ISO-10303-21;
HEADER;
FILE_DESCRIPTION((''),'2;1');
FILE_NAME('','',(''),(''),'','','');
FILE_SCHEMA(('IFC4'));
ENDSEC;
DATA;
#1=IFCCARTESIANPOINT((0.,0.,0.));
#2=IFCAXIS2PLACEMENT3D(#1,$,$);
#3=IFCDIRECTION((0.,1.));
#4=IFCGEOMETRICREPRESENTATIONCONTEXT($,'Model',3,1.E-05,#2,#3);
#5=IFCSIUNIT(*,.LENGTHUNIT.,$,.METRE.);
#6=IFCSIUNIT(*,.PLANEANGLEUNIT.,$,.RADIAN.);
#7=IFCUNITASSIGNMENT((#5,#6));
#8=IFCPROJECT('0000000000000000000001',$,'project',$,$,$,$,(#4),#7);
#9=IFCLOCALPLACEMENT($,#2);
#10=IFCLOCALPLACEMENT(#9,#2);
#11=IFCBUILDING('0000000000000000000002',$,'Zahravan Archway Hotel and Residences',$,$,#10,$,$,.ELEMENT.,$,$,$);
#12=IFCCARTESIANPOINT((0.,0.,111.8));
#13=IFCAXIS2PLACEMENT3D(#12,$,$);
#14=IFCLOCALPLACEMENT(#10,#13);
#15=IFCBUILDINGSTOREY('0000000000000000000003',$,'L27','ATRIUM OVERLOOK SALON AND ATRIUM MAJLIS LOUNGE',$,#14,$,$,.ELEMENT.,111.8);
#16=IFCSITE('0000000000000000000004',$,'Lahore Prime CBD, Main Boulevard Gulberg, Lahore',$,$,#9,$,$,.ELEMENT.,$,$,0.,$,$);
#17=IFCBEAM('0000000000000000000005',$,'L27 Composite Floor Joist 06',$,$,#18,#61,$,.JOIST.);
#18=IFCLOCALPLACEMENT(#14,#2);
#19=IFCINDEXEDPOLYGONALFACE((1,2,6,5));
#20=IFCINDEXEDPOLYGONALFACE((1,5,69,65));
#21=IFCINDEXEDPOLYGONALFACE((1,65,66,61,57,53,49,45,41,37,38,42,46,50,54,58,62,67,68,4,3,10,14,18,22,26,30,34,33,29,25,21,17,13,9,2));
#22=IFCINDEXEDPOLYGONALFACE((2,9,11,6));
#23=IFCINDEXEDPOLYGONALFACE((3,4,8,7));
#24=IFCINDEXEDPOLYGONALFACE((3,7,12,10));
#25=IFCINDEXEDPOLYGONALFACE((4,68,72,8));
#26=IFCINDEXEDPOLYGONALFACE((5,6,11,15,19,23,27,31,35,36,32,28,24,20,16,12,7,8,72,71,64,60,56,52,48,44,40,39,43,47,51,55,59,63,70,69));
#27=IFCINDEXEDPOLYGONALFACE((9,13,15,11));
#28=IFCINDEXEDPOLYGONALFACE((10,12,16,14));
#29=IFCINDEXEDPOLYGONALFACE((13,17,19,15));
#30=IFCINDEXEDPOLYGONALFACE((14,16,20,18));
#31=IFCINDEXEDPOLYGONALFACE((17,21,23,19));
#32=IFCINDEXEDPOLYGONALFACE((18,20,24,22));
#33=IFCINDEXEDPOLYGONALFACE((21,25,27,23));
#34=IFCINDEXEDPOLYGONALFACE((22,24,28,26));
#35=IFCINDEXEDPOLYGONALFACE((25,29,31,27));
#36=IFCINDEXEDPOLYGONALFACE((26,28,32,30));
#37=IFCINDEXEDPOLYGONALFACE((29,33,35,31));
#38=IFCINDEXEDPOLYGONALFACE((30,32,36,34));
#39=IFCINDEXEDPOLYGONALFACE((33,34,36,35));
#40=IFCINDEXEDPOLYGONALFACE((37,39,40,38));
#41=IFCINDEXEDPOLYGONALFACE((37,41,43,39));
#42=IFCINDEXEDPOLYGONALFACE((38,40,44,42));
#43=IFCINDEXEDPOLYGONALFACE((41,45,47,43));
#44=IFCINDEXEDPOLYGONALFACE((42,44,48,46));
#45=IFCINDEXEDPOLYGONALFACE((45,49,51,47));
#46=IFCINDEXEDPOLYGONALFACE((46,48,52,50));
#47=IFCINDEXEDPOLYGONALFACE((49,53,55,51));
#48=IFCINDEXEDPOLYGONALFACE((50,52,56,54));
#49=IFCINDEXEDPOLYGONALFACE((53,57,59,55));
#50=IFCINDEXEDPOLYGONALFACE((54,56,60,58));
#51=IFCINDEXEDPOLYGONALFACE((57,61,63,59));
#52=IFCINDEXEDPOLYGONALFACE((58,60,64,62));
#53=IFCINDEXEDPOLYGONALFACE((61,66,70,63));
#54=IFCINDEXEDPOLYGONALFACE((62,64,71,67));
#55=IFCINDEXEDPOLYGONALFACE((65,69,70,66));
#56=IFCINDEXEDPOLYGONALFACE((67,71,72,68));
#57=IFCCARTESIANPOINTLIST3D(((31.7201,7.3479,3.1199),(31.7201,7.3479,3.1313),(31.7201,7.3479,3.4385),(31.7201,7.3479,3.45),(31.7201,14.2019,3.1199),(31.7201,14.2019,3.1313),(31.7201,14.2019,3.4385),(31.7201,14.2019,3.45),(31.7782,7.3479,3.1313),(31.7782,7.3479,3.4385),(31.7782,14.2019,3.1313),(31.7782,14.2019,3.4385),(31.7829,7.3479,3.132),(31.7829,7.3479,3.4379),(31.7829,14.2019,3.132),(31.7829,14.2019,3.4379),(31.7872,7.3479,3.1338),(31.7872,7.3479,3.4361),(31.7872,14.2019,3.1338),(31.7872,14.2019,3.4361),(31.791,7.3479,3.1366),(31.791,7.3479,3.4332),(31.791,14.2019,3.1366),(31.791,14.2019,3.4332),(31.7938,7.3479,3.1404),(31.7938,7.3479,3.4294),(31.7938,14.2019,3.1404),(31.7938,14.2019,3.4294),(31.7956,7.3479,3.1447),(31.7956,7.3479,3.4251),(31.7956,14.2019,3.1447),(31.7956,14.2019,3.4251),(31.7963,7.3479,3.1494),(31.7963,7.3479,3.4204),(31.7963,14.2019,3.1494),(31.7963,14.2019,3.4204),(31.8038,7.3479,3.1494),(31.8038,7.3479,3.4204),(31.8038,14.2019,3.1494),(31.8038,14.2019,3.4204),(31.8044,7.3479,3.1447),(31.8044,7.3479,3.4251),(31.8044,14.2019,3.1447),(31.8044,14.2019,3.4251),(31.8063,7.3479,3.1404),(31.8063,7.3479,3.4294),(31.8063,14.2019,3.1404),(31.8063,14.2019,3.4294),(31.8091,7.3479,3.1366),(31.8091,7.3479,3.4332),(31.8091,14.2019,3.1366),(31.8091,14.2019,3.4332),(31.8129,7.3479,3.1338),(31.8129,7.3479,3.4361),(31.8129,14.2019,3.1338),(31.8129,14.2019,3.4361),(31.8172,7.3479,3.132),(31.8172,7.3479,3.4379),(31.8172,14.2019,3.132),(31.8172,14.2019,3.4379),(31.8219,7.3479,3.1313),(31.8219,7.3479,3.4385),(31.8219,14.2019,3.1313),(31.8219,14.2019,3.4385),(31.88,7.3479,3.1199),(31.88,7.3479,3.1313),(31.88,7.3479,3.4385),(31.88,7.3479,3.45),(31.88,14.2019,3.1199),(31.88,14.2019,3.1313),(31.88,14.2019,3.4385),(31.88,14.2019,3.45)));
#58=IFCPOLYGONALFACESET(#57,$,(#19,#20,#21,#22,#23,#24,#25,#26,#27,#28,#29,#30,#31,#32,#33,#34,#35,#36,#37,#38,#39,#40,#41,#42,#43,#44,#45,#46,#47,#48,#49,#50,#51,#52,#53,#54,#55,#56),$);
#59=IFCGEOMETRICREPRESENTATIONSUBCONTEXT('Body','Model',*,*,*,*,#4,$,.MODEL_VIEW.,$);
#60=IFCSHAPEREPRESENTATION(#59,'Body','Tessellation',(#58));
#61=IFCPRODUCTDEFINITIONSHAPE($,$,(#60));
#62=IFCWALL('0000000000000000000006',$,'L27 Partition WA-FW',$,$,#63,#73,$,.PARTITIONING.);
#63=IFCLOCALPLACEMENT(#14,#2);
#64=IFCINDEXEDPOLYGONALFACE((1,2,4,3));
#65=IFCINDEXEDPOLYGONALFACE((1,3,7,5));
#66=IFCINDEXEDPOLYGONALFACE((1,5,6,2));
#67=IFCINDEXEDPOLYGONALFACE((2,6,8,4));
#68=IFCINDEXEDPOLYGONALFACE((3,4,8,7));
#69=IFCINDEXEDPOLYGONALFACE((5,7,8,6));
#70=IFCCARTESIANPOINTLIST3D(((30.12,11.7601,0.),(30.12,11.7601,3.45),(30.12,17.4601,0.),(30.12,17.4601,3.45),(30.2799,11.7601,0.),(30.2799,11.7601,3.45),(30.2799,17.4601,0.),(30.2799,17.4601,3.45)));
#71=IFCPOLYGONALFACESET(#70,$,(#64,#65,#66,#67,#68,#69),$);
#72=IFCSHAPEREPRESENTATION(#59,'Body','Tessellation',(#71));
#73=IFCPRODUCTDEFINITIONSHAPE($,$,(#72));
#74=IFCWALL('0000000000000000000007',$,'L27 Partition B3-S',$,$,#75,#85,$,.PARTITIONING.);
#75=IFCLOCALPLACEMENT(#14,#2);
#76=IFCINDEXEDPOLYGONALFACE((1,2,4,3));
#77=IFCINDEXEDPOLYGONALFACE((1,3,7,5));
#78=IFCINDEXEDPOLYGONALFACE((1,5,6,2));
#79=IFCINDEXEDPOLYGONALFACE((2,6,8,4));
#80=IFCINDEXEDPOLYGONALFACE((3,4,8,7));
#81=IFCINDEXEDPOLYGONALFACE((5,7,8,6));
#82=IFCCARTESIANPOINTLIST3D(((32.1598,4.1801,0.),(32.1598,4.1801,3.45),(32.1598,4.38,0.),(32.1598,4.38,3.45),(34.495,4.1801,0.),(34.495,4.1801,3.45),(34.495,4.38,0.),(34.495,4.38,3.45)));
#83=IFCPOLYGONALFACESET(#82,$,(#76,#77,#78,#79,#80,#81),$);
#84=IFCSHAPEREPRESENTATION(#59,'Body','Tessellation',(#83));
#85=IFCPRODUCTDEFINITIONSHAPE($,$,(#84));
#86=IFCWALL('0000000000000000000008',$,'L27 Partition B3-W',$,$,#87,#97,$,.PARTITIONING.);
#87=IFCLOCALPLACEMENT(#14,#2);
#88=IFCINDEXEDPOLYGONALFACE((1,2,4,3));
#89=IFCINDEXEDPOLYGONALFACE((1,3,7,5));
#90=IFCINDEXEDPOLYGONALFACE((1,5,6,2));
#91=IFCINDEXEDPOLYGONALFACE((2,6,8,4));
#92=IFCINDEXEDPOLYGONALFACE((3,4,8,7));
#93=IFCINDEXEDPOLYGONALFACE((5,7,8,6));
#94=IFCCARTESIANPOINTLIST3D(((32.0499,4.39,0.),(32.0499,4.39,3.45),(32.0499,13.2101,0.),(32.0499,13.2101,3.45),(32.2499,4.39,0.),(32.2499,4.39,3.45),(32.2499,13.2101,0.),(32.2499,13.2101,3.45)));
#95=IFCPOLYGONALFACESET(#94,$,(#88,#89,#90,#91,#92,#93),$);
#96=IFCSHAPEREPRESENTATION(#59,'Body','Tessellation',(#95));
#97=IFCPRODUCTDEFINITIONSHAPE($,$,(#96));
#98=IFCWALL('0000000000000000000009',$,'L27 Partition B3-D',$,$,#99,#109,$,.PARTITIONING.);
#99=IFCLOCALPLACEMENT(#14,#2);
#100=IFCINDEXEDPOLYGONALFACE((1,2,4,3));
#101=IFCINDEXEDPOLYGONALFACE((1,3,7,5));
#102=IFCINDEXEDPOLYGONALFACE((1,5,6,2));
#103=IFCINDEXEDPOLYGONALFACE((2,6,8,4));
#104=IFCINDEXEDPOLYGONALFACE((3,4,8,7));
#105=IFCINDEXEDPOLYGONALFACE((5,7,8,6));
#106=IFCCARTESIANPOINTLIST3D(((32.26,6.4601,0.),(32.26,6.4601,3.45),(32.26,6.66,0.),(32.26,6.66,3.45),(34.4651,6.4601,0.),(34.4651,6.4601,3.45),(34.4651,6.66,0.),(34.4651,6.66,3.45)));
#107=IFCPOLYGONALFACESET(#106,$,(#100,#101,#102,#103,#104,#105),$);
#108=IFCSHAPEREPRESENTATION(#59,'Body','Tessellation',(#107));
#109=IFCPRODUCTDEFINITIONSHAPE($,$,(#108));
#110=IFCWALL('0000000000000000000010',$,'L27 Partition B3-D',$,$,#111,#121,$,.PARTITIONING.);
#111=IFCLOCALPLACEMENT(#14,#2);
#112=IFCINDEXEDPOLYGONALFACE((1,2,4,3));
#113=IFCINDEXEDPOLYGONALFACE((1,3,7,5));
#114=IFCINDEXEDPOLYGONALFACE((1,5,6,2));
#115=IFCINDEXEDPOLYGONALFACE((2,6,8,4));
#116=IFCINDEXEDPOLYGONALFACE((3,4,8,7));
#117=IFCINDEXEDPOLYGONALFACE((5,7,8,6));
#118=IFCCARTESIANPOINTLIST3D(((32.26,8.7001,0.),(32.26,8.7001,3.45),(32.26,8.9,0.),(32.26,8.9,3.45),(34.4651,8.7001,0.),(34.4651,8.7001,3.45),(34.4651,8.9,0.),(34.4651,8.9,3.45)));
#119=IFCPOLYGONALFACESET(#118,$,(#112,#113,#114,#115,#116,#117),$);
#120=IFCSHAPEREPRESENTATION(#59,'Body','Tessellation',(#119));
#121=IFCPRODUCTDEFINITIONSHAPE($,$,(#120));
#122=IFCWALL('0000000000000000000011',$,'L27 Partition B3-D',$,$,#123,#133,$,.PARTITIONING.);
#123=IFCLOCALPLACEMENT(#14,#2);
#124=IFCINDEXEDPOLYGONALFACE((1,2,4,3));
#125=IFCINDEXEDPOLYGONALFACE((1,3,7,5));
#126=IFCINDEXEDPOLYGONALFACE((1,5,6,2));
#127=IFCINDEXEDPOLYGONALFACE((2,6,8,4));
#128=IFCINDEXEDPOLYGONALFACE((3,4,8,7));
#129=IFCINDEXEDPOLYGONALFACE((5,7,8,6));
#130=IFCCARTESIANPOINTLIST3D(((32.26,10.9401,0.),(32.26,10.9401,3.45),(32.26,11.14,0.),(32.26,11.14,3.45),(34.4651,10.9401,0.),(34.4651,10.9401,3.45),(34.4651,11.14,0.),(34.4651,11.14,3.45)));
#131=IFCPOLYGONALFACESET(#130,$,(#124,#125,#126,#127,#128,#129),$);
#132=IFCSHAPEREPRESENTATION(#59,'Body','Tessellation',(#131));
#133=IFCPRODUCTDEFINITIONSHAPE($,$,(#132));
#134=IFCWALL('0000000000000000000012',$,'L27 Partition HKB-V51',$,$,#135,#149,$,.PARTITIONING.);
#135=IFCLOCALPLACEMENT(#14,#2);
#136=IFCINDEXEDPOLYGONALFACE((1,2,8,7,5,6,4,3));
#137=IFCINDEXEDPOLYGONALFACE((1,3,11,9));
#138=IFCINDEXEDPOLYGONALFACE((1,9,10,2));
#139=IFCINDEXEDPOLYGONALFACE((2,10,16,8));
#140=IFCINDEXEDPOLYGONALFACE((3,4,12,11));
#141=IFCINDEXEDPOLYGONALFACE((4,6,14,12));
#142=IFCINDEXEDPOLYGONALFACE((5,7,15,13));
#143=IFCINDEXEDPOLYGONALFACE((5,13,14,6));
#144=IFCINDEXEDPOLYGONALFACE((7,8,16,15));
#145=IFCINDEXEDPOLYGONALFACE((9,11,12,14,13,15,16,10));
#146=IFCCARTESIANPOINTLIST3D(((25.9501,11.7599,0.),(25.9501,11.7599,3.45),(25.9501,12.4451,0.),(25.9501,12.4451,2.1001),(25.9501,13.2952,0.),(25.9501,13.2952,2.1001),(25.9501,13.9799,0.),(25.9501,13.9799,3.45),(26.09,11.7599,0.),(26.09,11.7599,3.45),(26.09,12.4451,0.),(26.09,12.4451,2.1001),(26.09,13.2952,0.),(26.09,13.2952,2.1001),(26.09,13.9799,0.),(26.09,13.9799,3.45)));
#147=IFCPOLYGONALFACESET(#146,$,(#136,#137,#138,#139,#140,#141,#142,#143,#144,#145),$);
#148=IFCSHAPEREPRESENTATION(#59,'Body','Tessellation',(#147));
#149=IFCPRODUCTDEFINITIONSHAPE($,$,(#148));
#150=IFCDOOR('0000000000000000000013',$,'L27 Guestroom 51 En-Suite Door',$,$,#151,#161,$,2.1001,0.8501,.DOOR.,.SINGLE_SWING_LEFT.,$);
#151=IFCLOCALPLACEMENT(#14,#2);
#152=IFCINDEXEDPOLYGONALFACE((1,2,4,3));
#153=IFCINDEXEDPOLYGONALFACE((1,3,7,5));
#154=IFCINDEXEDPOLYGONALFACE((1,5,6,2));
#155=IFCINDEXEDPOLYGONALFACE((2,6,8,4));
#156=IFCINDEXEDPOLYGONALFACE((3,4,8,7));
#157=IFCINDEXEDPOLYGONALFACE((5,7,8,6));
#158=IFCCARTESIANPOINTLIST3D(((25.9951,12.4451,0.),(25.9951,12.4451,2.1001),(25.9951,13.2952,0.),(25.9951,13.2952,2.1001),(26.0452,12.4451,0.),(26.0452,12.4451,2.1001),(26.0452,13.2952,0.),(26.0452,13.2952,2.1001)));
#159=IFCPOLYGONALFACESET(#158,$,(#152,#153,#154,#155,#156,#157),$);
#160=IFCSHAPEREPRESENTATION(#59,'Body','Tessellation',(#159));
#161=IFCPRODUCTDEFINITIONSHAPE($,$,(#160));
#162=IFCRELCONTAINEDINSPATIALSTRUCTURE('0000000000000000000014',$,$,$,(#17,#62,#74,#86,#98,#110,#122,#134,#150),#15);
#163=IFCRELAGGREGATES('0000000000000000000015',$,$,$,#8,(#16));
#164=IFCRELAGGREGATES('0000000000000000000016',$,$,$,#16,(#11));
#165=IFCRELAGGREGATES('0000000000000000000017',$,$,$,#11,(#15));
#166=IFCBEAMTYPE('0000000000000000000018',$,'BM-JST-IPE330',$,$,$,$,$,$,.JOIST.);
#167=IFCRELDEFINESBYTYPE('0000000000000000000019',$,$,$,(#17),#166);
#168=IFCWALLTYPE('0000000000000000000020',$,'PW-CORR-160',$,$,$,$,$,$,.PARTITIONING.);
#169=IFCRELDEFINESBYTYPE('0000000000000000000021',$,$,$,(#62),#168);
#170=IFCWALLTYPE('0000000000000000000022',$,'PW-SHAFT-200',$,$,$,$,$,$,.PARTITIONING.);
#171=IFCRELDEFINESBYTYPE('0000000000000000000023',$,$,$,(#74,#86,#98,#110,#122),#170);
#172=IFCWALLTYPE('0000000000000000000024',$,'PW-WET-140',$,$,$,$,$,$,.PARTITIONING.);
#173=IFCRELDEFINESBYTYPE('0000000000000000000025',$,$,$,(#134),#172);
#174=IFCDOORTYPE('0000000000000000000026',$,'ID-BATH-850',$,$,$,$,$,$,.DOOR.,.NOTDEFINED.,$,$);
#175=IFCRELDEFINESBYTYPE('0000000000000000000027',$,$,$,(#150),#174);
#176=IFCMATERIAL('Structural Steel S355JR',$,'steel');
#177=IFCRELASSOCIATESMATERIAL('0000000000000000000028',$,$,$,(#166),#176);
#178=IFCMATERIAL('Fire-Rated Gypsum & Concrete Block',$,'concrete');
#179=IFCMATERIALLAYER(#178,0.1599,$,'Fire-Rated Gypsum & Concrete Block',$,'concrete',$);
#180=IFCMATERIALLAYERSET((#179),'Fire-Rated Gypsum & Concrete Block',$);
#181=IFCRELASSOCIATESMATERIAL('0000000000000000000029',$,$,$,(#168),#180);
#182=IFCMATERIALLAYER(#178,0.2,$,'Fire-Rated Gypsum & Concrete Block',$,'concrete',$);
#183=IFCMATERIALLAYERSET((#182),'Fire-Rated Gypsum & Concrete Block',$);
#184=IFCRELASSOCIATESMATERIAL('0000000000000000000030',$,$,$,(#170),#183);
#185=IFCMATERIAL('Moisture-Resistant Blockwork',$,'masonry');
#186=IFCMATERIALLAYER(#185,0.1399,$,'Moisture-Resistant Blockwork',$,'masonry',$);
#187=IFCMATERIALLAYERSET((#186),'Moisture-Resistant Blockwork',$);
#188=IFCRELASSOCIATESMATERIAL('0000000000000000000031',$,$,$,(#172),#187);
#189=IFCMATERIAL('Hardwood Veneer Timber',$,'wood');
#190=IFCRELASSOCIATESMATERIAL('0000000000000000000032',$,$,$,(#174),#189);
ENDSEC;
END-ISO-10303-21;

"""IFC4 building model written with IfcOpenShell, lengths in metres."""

from ifc_helpers import new_model, si_unit, direction, frame, frame_2d, origin, origin_2d, place, context, subcontext, project, spatial, rectangle, i_section, extrude, source, transform, mapped, material, layer, layer_set, material_profile, profile_set, type_object, type_shapes, element, fill, save


model = new_model("IFC4")

# Units and contexts
model_context = context("Model", 3, precision=1e-05, world=origin(), true_north=direction((0.0, 1.0)))
body_context = subcontext(model_context, "Body", "Model", "MODEL_VIEW")
ifc_project = project(units=[si_unit("LENGTHUNIT", "METRE"), si_unit("PLANEANGLEUNIT", "RADIAN")], contexts=[model_context])

# Site, building, storey
site_placement = place(None, origin())
site = spatial("IfcSite", under=ifc_project, at=site_placement, Name="Lahore Prime CBD, Main Boulevard Gulberg, Lahore", CompositionType="ELEMENT", RefElevation=0.0)
building_placement = place(site_placement, origin())
building = spatial("IfcBuilding", under=site, at=building_placement, Name="Zahravan Archway Hotel and Residences", CompositionType="ELEMENT")
storey_placement = place(building_placement, frame((0.0, 0.0, 111.8)))
storey = spatial("IfcBuildingStorey", under=building, at=storey_placement, Name="L27", Description="ATRIUM OVERLOOK SALON AND ATRIUM MAJLIS LOUNGE", CompositionType="ELEMENT", Elevation=111.8)

# Beam
ifc_material_1 = material(Name="Structural Steel S355JR", Category="steel")
ifc_material_profile_1 = material_profile(ifc_material_1, i_section(OverallWidth=0.1599, OverallDepth=0.3301, WebThickness=0.0076, FlangeThickness=0.0115, FilletRadius=0.0181, at=origin_2d()), Name="IPE 330", Category="steel")
ifc_profile_set_1 = profile_set([ifc_material_profile_1], Name="Structural Steel S355JR")
beam_type_1 = type_object("IfcBeamType", Name="BM-JST-IPE330", PredefinedType="JOIST", material=ifc_profile_set_1)
shared_shape_1 = source(origin(), body_context, "Body", "SweptSolid", [
    extrude(i_section(OverallWidth=0.1599, OverallDepth=0.3301, WebThickness=0.0076, FlangeThickness=0.0115, FilletRadius=0.0181, at=origin_2d()), origin(), (0.0, 0.0, 1.0), 6.854),
])
beam_1_placement = place(storey_placement, frame((31.8, 7.3479, 3.2849), z_axis=(0.0, 1.0, 0.0), x_axis=(-1.0, 0.0, 0.0)))
element("IfcBeam", 1, at=beam_1_placement, inside=storey, type_object=beam_type_1, Name="L27 Composite Floor Joist 06", PredefinedType="JOIST", context=body_context, shape_type="MappedRepresentation", body=[
    mapped(shared_shape_1, transform((0.0, 0.0, 0.0), scale=1.0)),
])

# Walls
ifc_material_2 = material(Name="Fire-Rated Gypsum & Concrete Block", Category="concrete")
ifc_layer_1 = layer(ifc_material_2, 0.1599, Name="Fire-Rated Gypsum & Concrete Block", Category="concrete")
ifc_layer_set_1 = layer_set([ifc_layer_1], Name="Fire-Rated Gypsum & Concrete Block")
wall_type_1 = type_object("IfcWallType", Name="PW-CORR-160", PredefinedType="PARTITIONING", material=ifc_layer_set_1)
wall_1_placement = place(storey_placement, frame((30.2, 11.76, 0.0), z_axis=(0.0, 0.0, 1.0), x_axis=(0.0, 1.0, 0.0)))
element("IfcWall", 2, at=wall_1_placement, inside=storey, type_object=wall_type_1, Name="L27 Partition WA-FW", PredefinedType="PARTITIONING", context=body_context, shape_type="SweptSolid", body=[
    extrude(rectangle(XDim=5.7, YDim=0.1599, at=frame_2d((2.8501, 0.0))), origin(), (0.0, 0.0, 1.0), 3.45),
])
ifc_layer_2 = layer(ifc_material_2, 0.2, Name="Fire-Rated Gypsum & Concrete Block", Category="concrete")
ifc_layer_set_2 = layer_set([ifc_layer_2], Name="Fire-Rated Gypsum & Concrete Block")
wall_type_2 = type_object("IfcWallType", Name="PW-SHAFT-200", PredefinedType="PARTITIONING", material=ifc_layer_set_2)
wall_2_placement = place(storey_placement, frame((32.1599, 4.28, 0.0), z_axis=(0.0, 0.0, 1.0), x_axis=(1.0, 0.0, 0.0)))
element("IfcWall", 3, at=wall_2_placement, inside=storey, type_object=wall_type_2, Name="L27 Partition B3-S", PredefinedType="PARTITIONING", context=body_context, shape_type="SweptSolid", body=[
    extrude(rectangle(XDim=2.3352, YDim=0.2, at=frame_2d((1.1675, 0.0))), origin(), (0.0, 0.0, 1.0), 3.45),
])
wall_3_placement = place(storey_placement, frame((32.1499, 4.3899, 0.0), z_axis=(0.0, 0.0, 1.0), x_axis=(0.0, 1.0, 0.0)))
element("IfcWall", 4, at=wall_3_placement, inside=storey, type_object=wall_type_2, Name="L27 Partition B3-W", PredefinedType="PARTITIONING", context=body_context, shape_type="SweptSolid", body=[
    extrude(rectangle(XDim=8.8201, YDim=0.2, at=frame_2d((4.4102, 0.0))), origin(), (0.0, 0.0, 1.0), 3.45),
])
for number, where, z_axis, x_axis, name in (
    (5, (32.26, 6.5601, 0.0), (0.0, 0.0, 1.0), (1.0, 0.0, 0.0), "L27 Partition B3-D"),
    (6, (32.26, 8.8, 0.0), (0.0, 0.0, 1.0), (1.0, 0.0, 0.0), "L27 Partition B3-D"),
    (7, (32.26, 11.04, 0.0), (0.0, 0.0, 1.0), (1.0, 0.0, 0.0), "L27 Partition B3-D"),
):
    element("IfcWall", number, at=place(storey_placement, frame(where, z_axis=z_axis, x_axis=x_axis)), inside=storey, type_object=wall_type_2, Name=name, PredefinedType="PARTITIONING", context=body_context, shape_type="SweptSolid", body=[
        extrude(rectangle(XDim=2.2051, YDim=0.2, at=frame_2d((1.1025, 0.0))), origin(), (0.0, 0.0, 1.0), 3.45),
    ])

# Wall, opening, door
ifc_material_3 = material(Name="Moisture-Resistant Blockwork", Category="masonry")
ifc_layer_3 = layer(ifc_material_3, 0.1399, Name="Moisture-Resistant Blockwork", Category="masonry")
ifc_layer_set_3 = layer_set([ifc_layer_3], Name="Moisture-Resistant Blockwork")
wall_type_3 = type_object("IfcWallType", Name="PW-WET-140", PredefinedType="PARTITIONING", material=ifc_layer_set_3)
wall_4_placement = place(storey_placement, frame((26.02, 11.76, 0.0), z_axis=(0.0, 0.0, 1.0), x_axis=(0.0, 1.0, 0.0)))
wall_4 = element("IfcWall", 8, at=wall_4_placement, inside=storey, type_object=wall_type_3, Name="L27 Partition HKB-V51", PredefinedType="PARTITIONING", context=body_context, shape_type="SweptSolid", body=[
    extrude(rectangle(XDim=2.22, YDim=0.1399, at=frame_2d((1.1099, 0.0))), origin(), (0.0, 0.0, 1.0), 3.45),
])
opening_1_placement = place(wall_4_placement, frame((0.6851, 0.0, 0.0)))
opening_1 = element("IfcOpeningElement", 9, at=opening_1_placement, cuts=wall_4, PredefinedType="OPENING", context=body_context, shape_type="SweptSolid", body=[
    extrude(rectangle(XDim=0.8501, YDim=2.1001, at=frame_2d((0.425, 1.05))), frame((0.0, 0.0801, 0.0), z_axis=(0.0, -1.0, 0.0), x_axis=(1.0, 0.0, 0.0)), (0.0, 0.0, 1.0), 0.1599),
])
ifc_material_4 = material(Name="Hardwood Veneer Timber", Category="wood")
door_type_1 = type_object("IfcDoorType", Name="ID-BATH-850", OperationType="NOTDEFINED", PredefinedType="DOOR", material=ifc_material_4)
shared_shape_2 = source(origin(), body_context, "Body", "SweptSolid", [
    extrude(rectangle(XDim=0.8501, YDim=2.1001, at=frame_2d((0.425, 1.05))), frame((0.0, 0.0249, 0.0), z_axis=(0.0, -1.0, 0.0), x_axis=(1.0, 0.0, 0.0)), (0.0, 0.0, 1.0), 0.05),
])
type_shapes(door_type_1, [shared_shape_2])
door_1_placement = place(opening_1_placement, origin())
door_1 = element("IfcDoor", 10, at=door_1_placement, inside=storey, type_object=door_type_1, Name="L27 Guestroom 51 En-Suite Door", OperationType="SINGLE_SWING_LEFT", OverallHeight=2.1001, OverallWidth=0.8501, PredefinedType="DOOR", context=body_context, shape_type="MappedRepresentation", body=[
    mapped(shared_shape_2, transform((0.0, 0.0, 0.0), scale=1.0)),
])
fill(opening_1, door_1)

save(model, "model.ifc")
